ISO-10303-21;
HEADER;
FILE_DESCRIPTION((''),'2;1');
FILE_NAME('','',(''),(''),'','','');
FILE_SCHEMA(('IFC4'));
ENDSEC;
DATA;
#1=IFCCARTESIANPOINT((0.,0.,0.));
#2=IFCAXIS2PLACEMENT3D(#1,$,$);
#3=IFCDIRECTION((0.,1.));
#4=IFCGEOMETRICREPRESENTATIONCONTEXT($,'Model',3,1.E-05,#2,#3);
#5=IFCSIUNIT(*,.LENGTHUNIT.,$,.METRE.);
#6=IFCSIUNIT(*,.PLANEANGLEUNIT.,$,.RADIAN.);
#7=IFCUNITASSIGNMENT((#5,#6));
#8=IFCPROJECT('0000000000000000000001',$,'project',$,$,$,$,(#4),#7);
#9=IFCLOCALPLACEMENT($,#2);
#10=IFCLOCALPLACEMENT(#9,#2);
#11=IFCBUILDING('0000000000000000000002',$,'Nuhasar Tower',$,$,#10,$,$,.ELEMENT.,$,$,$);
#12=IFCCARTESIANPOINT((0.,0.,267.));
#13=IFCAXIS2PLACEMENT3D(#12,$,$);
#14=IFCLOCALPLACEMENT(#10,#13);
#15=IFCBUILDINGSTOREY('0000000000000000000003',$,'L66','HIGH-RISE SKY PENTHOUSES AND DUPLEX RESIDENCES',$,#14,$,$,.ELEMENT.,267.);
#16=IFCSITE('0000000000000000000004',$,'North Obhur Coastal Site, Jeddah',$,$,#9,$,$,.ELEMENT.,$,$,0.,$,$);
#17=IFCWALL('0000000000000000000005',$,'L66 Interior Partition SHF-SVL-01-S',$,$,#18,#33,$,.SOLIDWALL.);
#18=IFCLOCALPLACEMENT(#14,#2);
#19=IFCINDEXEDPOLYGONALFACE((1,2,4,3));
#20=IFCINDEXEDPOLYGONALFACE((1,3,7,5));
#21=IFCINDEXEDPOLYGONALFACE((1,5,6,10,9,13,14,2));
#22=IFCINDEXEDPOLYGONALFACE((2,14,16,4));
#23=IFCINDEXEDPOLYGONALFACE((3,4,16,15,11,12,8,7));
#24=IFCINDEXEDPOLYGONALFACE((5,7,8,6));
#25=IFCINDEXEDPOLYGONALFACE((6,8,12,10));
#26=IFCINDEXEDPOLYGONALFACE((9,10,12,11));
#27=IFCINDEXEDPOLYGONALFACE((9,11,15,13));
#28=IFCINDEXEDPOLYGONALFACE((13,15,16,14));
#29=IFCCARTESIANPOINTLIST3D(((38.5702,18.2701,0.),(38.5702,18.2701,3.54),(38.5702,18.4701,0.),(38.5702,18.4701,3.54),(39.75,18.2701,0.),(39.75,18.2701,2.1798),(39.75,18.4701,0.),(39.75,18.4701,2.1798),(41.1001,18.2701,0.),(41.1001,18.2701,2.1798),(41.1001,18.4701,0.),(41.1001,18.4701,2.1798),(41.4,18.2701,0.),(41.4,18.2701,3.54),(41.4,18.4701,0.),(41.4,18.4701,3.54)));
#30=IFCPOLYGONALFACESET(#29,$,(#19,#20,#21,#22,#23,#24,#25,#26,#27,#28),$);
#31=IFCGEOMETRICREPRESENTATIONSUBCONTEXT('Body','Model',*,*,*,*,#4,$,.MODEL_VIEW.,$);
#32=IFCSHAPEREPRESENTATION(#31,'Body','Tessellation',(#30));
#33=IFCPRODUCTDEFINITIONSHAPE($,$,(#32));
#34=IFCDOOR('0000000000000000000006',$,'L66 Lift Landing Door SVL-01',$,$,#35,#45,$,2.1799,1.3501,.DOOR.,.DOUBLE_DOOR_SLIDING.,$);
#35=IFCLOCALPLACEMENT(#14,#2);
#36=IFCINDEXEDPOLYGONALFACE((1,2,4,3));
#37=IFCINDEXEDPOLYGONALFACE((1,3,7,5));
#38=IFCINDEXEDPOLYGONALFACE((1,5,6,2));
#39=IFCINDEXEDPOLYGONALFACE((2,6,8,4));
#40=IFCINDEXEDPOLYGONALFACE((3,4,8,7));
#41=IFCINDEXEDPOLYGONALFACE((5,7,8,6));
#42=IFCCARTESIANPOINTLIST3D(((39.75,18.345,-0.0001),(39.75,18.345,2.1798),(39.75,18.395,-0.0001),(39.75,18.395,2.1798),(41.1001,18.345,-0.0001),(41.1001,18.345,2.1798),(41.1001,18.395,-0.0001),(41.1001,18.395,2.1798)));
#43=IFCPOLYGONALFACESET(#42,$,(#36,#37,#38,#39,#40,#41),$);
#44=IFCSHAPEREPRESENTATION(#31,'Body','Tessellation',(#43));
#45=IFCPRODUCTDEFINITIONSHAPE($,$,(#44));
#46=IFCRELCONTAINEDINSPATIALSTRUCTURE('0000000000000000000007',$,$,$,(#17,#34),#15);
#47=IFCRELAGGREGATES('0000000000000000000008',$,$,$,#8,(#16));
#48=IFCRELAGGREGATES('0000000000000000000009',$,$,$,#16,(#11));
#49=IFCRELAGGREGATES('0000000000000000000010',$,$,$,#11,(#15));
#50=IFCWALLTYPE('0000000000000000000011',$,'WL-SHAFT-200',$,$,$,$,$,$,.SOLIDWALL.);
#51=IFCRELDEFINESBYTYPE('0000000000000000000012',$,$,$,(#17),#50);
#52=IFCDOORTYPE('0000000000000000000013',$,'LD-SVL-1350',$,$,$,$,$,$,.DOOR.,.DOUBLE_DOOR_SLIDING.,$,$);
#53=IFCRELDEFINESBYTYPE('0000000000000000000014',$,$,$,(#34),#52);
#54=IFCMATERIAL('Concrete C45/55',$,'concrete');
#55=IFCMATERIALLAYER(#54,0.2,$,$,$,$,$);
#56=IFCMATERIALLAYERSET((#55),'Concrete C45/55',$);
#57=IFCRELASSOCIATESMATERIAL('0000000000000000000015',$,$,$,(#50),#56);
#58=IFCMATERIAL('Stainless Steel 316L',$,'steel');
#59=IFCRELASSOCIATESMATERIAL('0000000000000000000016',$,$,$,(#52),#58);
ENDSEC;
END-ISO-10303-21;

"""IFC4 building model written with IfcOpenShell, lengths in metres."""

from ifc_helpers import new_model, si_unit, direction, frame, frame_2d, origin, place, context, subcontext, project, spatial, rectangle, extrude, material, layer, layer_set, type_object, element, fill, save


model = new_model("IFC4")

# Units and contexts
model_context = context("Model", 3, precision=1e-05, world=origin(), true_north=direction((0.0, 1.0)))
body_context = subcontext(model_context, "Body", "Model", "MODEL_VIEW")
ifc_project = project(units=[si_unit("LENGTHUNIT", "METRE"), si_unit("PLANEANGLEUNIT", "RADIAN")], contexts=[model_context])

# Site, building, storey
site_placement = place(None, origin())
site = spatial("IfcSite", under=ifc_project, at=site_placement, Name="North Obhur Coastal Site, Jeddah", CompositionType="ELEMENT", RefElevation=0.0)
building_placement = place(site_placement, origin())
building = spatial("IfcBuilding", under=site, at=building_placement, Name="Nuhasar Tower", CompositionType="ELEMENT")
storey_placement = place(building_placement, frame((0.0, 0.0, 267.0)))
storey = spatial("IfcBuildingStorey", under=building, at=storey_placement, Name="L66", Description="HIGH-RISE SKY PENTHOUSES AND DUPLEX RESIDENCES", CompositionType="ELEMENT", Elevation=267.0)

# Shared definitions
ifc_material_1 = material(Name="Concrete C45/55", Category="concrete")

# Shared definitions
ifc_layer_1 = layer(ifc_material_1, 0.2)
ifc_layer_set_1 = layer_set([ifc_layer_1], Name="Concrete C45/55")
wall_type_1 = type_object("IfcWallType", Name="WL-SHAFT-200", PredefinedType="SOLIDWALL", material=ifc_layer_set_1)
ifc_material_2 = material(Name="Stainless Steel 316L", Category="steel")

# Wall, opening, door
wall_1_placement = place(storey_placement, frame((38.5701, 18.3701, 0.0), z_axis=(0.0, 0.0, 1.0), x_axis=(1.0, 0.0, 0.0)))
wall_1 = element("IfcWall", 1, at=wall_1_placement, inside=storey, type_object=wall_type_1, Name="L66 Interior Partition SHF-SVL-01-S", PredefinedType="SOLIDWALL", context=body_context, shape_type="SweptSolid", body=[
    extrude(rectangle(XDim=2.8298, YDim=0.2, at=frame_2d((1.415, 0.0))), origin(), (0.0, 0.0, 1.0), 3.54),
])
opening_1_placement = place(wall_1_placement, frame((1.1799, 0.0, 0.0)))
opening_1 = element("IfcOpeningElement", 2, at=opening_1_placement, cuts=wall_1, PredefinedType="OPENING", context=body_context, shape_type="SweptSolid", body=[
    extrude(rectangle(XDim=1.3501, YDim=2.1799, at=frame_2d((0.675, 1.0898))), frame((0.0, 0.1099, 0.0), z_axis=(0.0, -1.0, 0.0), x_axis=(1.0, 0.0, 0.0)), (0.0, 0.0, 1.0), 0.22),
])
door_type_1 = type_object("IfcDoorType", Name="LD-SVL-1350", OperationType="DOUBLE_DOOR_SLIDING", PredefinedType="DOOR", material=ifc_material_2)
door_1_placement = place(opening_1_placement, origin())
door_1 = element("IfcDoor", 3, at=door_1_placement, inside=storey, type_object=door_type_1, Name="L66 Lift Landing Door SVL-01", OperationType="DOUBLE_DOOR_SLIDING", OverallHeight=2.1799, OverallWidth=1.3501, PredefinedType="DOOR", context=body_context, shape_type="SweptSolid", body=[
    extrude(rectangle(XDim=1.3501, YDim=2.1799, at=frame_2d((0.675, 1.0898))), frame((0.0, 0.0249, 0.0), z_axis=(0.0, -1.0, 0.0), x_axis=(1.0, 0.0, 0.0)), (0.0, 0.0, 1.0), 0.05),
])
fill(opening_1, door_1)

save(model, "model.ifc")
